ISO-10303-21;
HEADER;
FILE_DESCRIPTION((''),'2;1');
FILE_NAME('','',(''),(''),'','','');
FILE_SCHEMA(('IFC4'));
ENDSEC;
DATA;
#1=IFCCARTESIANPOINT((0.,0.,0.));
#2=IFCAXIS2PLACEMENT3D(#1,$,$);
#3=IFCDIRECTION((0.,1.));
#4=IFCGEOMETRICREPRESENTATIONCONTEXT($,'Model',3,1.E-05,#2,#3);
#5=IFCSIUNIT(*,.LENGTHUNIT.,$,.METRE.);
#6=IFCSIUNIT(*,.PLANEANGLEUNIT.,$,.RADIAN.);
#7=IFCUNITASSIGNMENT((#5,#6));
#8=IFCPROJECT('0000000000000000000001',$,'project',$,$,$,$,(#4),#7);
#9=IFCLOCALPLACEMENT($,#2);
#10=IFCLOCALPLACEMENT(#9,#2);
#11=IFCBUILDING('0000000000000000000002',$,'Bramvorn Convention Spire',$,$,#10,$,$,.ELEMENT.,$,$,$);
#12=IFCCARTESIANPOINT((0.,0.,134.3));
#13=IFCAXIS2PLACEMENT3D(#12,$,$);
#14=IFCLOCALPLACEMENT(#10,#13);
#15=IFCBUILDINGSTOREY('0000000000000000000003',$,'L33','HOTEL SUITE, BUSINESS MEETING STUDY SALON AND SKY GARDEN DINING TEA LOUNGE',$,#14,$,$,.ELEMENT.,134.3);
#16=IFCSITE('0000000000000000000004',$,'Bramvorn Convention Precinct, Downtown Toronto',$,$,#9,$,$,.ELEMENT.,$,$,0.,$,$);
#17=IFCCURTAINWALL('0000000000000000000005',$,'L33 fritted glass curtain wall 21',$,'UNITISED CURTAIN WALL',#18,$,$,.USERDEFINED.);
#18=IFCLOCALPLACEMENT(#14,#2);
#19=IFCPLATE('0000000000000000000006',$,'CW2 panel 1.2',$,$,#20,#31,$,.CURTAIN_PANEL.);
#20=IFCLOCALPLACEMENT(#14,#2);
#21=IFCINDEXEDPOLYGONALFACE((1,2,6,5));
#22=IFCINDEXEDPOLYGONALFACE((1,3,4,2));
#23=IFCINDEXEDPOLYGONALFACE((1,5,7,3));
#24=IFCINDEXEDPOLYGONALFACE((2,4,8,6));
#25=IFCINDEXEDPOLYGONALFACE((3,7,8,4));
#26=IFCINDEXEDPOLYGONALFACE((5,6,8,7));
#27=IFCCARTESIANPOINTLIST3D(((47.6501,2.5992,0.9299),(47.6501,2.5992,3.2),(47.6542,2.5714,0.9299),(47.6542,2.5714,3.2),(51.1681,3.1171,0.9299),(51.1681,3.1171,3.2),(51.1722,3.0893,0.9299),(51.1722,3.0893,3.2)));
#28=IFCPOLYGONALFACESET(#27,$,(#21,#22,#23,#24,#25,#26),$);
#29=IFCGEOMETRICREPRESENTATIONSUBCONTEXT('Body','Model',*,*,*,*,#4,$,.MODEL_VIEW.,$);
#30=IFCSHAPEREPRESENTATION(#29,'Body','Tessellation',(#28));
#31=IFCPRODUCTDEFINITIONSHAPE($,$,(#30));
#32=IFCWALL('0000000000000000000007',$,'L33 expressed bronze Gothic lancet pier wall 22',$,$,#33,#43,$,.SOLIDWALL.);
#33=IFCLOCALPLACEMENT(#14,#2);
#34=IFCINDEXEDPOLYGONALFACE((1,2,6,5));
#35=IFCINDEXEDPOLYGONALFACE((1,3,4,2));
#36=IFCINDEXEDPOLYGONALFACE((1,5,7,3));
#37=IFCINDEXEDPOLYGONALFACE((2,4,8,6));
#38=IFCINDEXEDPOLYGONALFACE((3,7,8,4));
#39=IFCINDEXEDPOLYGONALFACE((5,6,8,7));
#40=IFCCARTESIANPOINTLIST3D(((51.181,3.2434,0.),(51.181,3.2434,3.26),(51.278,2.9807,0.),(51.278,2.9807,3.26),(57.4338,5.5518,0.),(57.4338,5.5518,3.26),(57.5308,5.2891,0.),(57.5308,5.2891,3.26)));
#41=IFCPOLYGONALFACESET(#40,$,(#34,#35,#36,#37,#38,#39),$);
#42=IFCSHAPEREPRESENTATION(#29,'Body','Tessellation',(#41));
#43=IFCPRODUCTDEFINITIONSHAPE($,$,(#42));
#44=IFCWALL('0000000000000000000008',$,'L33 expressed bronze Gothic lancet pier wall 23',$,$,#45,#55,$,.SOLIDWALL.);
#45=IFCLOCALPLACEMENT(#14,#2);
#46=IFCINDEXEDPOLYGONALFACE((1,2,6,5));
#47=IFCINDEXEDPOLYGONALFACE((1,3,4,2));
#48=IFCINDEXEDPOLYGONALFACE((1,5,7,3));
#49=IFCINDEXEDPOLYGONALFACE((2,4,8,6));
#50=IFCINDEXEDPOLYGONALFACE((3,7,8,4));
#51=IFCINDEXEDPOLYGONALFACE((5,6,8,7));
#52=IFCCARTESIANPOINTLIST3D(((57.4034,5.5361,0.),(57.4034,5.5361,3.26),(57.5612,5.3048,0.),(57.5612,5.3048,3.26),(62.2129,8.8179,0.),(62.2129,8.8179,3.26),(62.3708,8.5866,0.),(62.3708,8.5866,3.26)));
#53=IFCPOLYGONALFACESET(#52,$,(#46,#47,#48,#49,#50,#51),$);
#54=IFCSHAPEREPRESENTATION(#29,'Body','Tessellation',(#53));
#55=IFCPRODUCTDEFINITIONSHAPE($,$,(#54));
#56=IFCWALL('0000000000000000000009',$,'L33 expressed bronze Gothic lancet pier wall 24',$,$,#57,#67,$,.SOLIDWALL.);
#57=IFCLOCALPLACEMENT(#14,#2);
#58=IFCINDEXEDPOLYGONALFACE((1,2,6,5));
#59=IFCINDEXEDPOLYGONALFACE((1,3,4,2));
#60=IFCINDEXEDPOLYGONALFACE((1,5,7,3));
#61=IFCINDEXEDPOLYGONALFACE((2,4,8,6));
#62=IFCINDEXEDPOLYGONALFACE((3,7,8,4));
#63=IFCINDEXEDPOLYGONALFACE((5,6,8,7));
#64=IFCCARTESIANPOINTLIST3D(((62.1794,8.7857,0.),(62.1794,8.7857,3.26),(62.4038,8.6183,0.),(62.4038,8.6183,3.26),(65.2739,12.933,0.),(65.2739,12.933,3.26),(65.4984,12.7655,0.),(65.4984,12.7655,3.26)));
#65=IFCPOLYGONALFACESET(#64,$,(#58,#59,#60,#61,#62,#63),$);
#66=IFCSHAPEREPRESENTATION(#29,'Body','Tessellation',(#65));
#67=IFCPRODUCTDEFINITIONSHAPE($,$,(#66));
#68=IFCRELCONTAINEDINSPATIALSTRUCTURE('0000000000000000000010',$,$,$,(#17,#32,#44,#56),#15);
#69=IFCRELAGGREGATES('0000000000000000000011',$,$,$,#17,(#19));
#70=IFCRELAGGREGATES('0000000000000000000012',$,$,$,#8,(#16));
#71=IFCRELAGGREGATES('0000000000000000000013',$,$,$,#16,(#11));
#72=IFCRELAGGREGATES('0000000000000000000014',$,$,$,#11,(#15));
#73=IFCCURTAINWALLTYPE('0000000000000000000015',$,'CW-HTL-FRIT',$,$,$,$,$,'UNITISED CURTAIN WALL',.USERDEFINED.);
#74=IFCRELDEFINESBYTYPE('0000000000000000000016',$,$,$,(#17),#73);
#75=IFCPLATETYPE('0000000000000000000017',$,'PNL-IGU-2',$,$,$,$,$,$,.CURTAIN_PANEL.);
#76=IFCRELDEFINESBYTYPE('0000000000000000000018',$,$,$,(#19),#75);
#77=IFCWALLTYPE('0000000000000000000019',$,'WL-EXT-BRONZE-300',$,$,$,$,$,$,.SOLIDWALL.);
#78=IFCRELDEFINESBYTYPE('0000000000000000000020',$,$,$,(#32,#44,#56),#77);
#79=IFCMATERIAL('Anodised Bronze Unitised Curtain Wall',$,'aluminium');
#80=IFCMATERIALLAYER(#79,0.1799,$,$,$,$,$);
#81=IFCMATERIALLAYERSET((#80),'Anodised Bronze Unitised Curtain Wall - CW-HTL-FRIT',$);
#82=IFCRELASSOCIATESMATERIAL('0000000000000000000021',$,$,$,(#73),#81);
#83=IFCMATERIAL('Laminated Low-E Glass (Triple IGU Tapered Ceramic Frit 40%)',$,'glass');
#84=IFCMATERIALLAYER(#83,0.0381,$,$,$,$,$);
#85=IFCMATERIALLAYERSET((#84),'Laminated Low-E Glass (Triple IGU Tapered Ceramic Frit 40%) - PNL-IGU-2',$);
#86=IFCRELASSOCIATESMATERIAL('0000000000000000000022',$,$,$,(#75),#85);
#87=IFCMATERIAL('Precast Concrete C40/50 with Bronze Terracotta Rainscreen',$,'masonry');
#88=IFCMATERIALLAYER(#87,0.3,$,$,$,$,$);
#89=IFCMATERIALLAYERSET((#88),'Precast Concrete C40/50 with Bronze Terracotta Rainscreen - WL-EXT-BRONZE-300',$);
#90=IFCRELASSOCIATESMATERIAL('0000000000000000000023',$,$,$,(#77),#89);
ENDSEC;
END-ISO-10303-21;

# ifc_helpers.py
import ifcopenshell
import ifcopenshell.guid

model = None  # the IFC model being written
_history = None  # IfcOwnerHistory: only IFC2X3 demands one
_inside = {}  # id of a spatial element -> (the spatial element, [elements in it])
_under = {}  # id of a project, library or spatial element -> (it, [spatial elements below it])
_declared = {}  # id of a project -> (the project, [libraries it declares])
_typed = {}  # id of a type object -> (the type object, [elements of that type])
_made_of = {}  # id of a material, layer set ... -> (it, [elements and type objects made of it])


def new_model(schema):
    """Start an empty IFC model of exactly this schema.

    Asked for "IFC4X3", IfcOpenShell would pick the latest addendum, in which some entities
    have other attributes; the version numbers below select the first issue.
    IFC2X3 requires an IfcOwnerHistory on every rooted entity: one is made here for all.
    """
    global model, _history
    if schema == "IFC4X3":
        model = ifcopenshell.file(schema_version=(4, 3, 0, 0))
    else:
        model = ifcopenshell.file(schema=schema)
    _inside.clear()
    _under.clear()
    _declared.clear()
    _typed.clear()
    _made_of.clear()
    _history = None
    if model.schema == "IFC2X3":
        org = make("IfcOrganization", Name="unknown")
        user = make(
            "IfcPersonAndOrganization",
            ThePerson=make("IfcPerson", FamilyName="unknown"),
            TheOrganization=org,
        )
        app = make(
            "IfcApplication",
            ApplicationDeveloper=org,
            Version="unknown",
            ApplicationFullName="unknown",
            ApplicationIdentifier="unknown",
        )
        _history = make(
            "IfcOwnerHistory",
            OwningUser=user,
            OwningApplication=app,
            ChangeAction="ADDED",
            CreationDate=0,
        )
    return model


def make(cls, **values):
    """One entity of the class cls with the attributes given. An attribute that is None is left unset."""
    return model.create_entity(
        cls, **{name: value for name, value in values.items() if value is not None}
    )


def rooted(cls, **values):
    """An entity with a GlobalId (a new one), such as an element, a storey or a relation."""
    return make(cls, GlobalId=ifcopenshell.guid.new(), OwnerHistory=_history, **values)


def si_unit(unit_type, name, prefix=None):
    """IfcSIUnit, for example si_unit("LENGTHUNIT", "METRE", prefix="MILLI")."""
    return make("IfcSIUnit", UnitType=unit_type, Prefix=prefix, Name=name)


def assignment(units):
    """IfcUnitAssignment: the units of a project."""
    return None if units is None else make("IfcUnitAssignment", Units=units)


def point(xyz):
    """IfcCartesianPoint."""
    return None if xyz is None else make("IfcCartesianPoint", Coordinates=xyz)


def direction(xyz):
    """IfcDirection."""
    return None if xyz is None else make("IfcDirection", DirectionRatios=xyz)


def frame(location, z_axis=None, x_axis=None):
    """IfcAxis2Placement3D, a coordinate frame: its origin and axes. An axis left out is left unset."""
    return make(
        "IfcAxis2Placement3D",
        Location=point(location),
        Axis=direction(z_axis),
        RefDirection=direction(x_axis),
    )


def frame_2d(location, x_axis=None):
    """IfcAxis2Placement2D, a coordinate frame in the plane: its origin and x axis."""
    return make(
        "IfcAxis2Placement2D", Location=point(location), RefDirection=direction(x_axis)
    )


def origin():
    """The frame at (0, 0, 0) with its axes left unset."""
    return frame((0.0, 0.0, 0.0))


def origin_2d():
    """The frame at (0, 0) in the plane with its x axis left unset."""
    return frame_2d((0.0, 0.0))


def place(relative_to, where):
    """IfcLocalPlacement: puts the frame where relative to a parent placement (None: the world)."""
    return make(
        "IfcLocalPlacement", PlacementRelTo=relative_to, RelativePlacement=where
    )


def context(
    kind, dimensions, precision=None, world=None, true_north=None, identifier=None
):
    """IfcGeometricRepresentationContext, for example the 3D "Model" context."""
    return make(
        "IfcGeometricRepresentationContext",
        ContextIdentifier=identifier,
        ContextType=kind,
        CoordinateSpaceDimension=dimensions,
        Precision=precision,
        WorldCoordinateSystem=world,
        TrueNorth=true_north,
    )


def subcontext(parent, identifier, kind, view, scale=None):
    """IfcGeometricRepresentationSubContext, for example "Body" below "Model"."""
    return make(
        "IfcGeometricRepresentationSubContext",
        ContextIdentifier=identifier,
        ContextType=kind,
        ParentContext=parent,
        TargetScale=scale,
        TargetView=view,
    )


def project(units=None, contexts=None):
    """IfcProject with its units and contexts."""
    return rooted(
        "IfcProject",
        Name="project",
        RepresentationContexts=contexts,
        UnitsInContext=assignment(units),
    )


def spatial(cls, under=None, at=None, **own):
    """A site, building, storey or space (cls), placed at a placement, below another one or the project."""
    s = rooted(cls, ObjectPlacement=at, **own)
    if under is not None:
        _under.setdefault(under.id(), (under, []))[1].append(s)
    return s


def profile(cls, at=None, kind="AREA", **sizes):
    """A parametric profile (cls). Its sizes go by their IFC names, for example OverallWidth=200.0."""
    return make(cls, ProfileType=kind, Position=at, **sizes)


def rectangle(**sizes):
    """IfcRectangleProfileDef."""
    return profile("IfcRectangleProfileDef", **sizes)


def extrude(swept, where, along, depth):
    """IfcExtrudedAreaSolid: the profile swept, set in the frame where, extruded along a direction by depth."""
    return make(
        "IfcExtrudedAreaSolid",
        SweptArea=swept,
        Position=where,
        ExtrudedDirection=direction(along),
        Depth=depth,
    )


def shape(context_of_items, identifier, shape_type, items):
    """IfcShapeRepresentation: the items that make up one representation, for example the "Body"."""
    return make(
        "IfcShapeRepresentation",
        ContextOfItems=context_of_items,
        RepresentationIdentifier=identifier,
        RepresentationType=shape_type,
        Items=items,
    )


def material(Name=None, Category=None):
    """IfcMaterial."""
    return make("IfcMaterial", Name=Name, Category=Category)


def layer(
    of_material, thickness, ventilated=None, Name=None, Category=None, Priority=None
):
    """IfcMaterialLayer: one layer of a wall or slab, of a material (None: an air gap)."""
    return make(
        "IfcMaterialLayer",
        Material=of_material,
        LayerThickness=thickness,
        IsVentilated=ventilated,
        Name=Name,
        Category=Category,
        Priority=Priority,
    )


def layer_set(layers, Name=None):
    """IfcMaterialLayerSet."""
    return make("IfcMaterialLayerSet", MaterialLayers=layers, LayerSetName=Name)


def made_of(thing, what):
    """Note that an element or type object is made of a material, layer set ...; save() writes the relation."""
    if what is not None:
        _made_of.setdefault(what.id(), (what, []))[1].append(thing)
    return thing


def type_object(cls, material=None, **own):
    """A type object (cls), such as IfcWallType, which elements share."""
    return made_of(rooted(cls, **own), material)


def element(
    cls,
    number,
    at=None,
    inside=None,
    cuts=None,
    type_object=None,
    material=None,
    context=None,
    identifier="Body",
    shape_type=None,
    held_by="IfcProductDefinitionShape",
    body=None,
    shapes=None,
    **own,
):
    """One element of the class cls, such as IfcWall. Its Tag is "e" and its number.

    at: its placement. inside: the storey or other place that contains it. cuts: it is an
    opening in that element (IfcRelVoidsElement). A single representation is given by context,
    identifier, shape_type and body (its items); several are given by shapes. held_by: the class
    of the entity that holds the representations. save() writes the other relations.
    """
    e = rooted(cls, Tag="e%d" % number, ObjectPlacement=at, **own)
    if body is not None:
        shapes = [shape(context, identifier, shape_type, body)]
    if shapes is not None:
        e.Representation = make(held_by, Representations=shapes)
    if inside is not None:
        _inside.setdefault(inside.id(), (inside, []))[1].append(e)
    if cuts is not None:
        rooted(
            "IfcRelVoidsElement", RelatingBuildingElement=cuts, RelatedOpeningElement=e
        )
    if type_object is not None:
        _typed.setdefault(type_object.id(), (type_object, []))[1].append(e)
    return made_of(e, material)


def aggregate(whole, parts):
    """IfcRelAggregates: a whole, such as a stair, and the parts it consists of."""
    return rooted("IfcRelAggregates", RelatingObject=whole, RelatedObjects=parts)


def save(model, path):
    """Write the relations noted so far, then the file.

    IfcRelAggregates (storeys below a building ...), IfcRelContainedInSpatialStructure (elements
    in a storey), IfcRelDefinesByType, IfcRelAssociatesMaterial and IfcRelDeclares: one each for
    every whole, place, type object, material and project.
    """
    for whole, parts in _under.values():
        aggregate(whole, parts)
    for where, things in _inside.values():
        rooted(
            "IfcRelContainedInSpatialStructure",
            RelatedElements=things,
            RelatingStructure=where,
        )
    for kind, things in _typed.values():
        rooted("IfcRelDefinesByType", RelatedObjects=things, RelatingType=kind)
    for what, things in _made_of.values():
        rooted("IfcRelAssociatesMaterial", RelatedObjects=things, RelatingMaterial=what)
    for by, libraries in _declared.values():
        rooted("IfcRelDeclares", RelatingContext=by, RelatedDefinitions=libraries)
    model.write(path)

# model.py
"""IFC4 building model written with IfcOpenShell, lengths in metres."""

from ifc_helpers import new_model, si_unit, direction, frame, frame_2d, origin, origin_2d, place, context, subcontext, project, spatial, rectangle, extrude, material, layer, layer_set, type_object, element, aggregate, save


model = new_model("IFC4")

# Units and contexts
model_context = context("Model", 3, precision=1e-05, world=origin(), true_north=direction((0.0, 1.0)))
body_context = subcontext(model_context, "Body", "Model", "MODEL_VIEW")
ifc_project = project(units=[si_unit("LENGTHUNIT", "METRE"), si_unit("PLANEANGLEUNIT", "RADIAN")], contexts=[model_context])

# Site, building, storey
site_placement = place(None, origin())
site = spatial("IfcSite", under=ifc_project, at=site_placement, Name="Bramvorn Convention Precinct, Downtown Toronto", CompositionType="ELEMENT", RefElevation=0.0)
building_placement = place(site_placement, origin())
building = spatial("IfcBuilding", under=site, at=building_placement, Name="Bramvorn Convention Spire", CompositionType="ELEMENT")
storey_placement = place(building_placement, frame((0.0, 0.0, 134.3)))
storey = spatial("IfcBuildingStorey", under=building, at=storey_placement, Name="L33", Description="HOTEL SUITE, BUSINESS MEETING STUDY SALON AND SKY GARDEN DINING TEA LOUNGE", CompositionType="ELEMENT", Elevation=134.3)

# Curtain wall
ifc_material_1 = material(Name="Anodised Bronze Unitised Curtain Wall", Category="aluminium")
ifc_layer_1 = layer(ifc_material_1, 0.1799)
ifc_layer_set_1 = layer_set([ifc_layer_1], Name="Anodised Bronze Unitised Curtain Wall - CW-HTL-FRIT")
curtain_wall_type = type_object("IfcCurtainWallType", Name="CW-HTL-FRIT", ElementType="UNITISED CURTAIN WALL", PredefinedType="USERDEFINED", material=ifc_layer_set_1)
curtain_wall_placement = place(storey_placement, origin())
curtain_wall = element("IfcCurtainWall", 1, at=curtain_wall_placement, inside=storey, type_object=curtain_wall_type, Name="L33 fritted glass curtain wall 21", ObjectType="UNITISED CURTAIN WALL", PredefinedType="USERDEFINED")

# Plate
ifc_material_2 = material(Name="Laminated Low-E Glass (Triple IGU Tapered Ceramic Frit 40%)", Category="glass")
ifc_layer_2 = layer(ifc_material_2, 0.0381)
ifc_layer_set_2 = layer_set([ifc_layer_2], Name="Laminated Low-E Glass (Triple IGU Tapered Ceramic Frit 40%) - PNL-IGU-2")
plate_type = type_object("IfcPlateType", Name="PNL-IGU-2", PredefinedType="CURTAIN_PANEL", material=ifc_layer_set_2)
plate_1_placement = place(storey_placement, frame((49.4111, 2.8442, 0.9299), z_axis=(0.0, 0.0, 1.0), x_axis=(-0.989335, -0.145655, 0.0)))
plate_1 = element("IfcPlate", 2, at=plate_1_placement, type_object=plate_type, Name="CW2 panel 1.2", PredefinedType="CURTAIN_PANEL", context=body_context, shape_type="SweptSolid", body=[
    extrude(rectangle(XDim=3.5559, YDim=0.0281, at=origin_2d()), origin(), (0.0, 0.0, 1.0), 2.27),
])
aggregate(curtain_wall, [plate_1])

# Walls
ifc_material_3 = material(Name="Precast Concrete C40/50 with Bronze Terracotta Rainscreen", Category="masonry")
ifc_layer_3 = layer(ifc_material_3, 0.3)
ifc_layer_set_3 = layer_set([ifc_layer_3], Name="Precast Concrete C40/50 with Bronze Terracotta Rainscreen - WL-EXT-BRONZE-300")
wall_type = type_object("IfcWallType", Name="WL-EXT-BRONZE-300", PredefinedType="SOLIDWALL", material=ifc_layer_set_3)
wall_1_placement = place(storey_placement, frame((57.4822, 5.4204, 0.0), z_axis=(0.0, 0.0, 1.0), x_axis=(-0.938113, -0.34633, 0.0)))
element("IfcWall", 3, at=wall_1_placement, inside=storey, type_object=wall_type, Name="L33 expressed bronze Gothic lancet pier wall 22", PredefinedType="SOLIDWALL", context=body_context, shape_type="SweptSolid", body=[
    extrude(rectangle(XDim=6.6653, YDim=0.28, at=frame_2d((3.3325, 0.0))), origin(), (0.0, 0.0, 1.0), 3.26),
])
wall_2_placement = place(storey_placement, frame((62.2917, 8.7021, 0.0), z_axis=(0.0, 0.0, 1.0), x_axis=(-0.826029, -0.563628, 0.0)))
element("IfcWall", 4, at=wall_2_placement, inside=storey, type_object=wall_type, Name="L33 expressed bronze Gothic lancet pier wall 23", PredefinedType="SOLIDWALL", context=body_context, shape_type="SweptSolid", body=[
    extrude(rectangle(XDim=5.8225, YDim=0.28, at=frame_2d((2.9111, 0.0))), origin(), (0.0, 0.0, 1.0), 3.26),
])
wall_3_placement = place(storey_placement, frame((65.3862, 12.8494, 0.0), z_axis=(0.0, 0.0, 1.0), x_axis=(-0.598028, -0.801475, 0.0)))
element("IfcWall", 5, at=wall_3_placement, inside=storey, type_object=wall_type, Name="L33 expressed bronze Gothic lancet pier wall 24", PredefinedType="SOLIDWALL", context=body_context, shape_type="SweptSolid", body=[
    extrude(rectangle(XDim=5.1746, YDim=0.28, at=frame_2d((2.5874, 0.0))), origin(), (0.0, 0.0, 1.0), 3.26),
])

save(model, "model.ifc")
